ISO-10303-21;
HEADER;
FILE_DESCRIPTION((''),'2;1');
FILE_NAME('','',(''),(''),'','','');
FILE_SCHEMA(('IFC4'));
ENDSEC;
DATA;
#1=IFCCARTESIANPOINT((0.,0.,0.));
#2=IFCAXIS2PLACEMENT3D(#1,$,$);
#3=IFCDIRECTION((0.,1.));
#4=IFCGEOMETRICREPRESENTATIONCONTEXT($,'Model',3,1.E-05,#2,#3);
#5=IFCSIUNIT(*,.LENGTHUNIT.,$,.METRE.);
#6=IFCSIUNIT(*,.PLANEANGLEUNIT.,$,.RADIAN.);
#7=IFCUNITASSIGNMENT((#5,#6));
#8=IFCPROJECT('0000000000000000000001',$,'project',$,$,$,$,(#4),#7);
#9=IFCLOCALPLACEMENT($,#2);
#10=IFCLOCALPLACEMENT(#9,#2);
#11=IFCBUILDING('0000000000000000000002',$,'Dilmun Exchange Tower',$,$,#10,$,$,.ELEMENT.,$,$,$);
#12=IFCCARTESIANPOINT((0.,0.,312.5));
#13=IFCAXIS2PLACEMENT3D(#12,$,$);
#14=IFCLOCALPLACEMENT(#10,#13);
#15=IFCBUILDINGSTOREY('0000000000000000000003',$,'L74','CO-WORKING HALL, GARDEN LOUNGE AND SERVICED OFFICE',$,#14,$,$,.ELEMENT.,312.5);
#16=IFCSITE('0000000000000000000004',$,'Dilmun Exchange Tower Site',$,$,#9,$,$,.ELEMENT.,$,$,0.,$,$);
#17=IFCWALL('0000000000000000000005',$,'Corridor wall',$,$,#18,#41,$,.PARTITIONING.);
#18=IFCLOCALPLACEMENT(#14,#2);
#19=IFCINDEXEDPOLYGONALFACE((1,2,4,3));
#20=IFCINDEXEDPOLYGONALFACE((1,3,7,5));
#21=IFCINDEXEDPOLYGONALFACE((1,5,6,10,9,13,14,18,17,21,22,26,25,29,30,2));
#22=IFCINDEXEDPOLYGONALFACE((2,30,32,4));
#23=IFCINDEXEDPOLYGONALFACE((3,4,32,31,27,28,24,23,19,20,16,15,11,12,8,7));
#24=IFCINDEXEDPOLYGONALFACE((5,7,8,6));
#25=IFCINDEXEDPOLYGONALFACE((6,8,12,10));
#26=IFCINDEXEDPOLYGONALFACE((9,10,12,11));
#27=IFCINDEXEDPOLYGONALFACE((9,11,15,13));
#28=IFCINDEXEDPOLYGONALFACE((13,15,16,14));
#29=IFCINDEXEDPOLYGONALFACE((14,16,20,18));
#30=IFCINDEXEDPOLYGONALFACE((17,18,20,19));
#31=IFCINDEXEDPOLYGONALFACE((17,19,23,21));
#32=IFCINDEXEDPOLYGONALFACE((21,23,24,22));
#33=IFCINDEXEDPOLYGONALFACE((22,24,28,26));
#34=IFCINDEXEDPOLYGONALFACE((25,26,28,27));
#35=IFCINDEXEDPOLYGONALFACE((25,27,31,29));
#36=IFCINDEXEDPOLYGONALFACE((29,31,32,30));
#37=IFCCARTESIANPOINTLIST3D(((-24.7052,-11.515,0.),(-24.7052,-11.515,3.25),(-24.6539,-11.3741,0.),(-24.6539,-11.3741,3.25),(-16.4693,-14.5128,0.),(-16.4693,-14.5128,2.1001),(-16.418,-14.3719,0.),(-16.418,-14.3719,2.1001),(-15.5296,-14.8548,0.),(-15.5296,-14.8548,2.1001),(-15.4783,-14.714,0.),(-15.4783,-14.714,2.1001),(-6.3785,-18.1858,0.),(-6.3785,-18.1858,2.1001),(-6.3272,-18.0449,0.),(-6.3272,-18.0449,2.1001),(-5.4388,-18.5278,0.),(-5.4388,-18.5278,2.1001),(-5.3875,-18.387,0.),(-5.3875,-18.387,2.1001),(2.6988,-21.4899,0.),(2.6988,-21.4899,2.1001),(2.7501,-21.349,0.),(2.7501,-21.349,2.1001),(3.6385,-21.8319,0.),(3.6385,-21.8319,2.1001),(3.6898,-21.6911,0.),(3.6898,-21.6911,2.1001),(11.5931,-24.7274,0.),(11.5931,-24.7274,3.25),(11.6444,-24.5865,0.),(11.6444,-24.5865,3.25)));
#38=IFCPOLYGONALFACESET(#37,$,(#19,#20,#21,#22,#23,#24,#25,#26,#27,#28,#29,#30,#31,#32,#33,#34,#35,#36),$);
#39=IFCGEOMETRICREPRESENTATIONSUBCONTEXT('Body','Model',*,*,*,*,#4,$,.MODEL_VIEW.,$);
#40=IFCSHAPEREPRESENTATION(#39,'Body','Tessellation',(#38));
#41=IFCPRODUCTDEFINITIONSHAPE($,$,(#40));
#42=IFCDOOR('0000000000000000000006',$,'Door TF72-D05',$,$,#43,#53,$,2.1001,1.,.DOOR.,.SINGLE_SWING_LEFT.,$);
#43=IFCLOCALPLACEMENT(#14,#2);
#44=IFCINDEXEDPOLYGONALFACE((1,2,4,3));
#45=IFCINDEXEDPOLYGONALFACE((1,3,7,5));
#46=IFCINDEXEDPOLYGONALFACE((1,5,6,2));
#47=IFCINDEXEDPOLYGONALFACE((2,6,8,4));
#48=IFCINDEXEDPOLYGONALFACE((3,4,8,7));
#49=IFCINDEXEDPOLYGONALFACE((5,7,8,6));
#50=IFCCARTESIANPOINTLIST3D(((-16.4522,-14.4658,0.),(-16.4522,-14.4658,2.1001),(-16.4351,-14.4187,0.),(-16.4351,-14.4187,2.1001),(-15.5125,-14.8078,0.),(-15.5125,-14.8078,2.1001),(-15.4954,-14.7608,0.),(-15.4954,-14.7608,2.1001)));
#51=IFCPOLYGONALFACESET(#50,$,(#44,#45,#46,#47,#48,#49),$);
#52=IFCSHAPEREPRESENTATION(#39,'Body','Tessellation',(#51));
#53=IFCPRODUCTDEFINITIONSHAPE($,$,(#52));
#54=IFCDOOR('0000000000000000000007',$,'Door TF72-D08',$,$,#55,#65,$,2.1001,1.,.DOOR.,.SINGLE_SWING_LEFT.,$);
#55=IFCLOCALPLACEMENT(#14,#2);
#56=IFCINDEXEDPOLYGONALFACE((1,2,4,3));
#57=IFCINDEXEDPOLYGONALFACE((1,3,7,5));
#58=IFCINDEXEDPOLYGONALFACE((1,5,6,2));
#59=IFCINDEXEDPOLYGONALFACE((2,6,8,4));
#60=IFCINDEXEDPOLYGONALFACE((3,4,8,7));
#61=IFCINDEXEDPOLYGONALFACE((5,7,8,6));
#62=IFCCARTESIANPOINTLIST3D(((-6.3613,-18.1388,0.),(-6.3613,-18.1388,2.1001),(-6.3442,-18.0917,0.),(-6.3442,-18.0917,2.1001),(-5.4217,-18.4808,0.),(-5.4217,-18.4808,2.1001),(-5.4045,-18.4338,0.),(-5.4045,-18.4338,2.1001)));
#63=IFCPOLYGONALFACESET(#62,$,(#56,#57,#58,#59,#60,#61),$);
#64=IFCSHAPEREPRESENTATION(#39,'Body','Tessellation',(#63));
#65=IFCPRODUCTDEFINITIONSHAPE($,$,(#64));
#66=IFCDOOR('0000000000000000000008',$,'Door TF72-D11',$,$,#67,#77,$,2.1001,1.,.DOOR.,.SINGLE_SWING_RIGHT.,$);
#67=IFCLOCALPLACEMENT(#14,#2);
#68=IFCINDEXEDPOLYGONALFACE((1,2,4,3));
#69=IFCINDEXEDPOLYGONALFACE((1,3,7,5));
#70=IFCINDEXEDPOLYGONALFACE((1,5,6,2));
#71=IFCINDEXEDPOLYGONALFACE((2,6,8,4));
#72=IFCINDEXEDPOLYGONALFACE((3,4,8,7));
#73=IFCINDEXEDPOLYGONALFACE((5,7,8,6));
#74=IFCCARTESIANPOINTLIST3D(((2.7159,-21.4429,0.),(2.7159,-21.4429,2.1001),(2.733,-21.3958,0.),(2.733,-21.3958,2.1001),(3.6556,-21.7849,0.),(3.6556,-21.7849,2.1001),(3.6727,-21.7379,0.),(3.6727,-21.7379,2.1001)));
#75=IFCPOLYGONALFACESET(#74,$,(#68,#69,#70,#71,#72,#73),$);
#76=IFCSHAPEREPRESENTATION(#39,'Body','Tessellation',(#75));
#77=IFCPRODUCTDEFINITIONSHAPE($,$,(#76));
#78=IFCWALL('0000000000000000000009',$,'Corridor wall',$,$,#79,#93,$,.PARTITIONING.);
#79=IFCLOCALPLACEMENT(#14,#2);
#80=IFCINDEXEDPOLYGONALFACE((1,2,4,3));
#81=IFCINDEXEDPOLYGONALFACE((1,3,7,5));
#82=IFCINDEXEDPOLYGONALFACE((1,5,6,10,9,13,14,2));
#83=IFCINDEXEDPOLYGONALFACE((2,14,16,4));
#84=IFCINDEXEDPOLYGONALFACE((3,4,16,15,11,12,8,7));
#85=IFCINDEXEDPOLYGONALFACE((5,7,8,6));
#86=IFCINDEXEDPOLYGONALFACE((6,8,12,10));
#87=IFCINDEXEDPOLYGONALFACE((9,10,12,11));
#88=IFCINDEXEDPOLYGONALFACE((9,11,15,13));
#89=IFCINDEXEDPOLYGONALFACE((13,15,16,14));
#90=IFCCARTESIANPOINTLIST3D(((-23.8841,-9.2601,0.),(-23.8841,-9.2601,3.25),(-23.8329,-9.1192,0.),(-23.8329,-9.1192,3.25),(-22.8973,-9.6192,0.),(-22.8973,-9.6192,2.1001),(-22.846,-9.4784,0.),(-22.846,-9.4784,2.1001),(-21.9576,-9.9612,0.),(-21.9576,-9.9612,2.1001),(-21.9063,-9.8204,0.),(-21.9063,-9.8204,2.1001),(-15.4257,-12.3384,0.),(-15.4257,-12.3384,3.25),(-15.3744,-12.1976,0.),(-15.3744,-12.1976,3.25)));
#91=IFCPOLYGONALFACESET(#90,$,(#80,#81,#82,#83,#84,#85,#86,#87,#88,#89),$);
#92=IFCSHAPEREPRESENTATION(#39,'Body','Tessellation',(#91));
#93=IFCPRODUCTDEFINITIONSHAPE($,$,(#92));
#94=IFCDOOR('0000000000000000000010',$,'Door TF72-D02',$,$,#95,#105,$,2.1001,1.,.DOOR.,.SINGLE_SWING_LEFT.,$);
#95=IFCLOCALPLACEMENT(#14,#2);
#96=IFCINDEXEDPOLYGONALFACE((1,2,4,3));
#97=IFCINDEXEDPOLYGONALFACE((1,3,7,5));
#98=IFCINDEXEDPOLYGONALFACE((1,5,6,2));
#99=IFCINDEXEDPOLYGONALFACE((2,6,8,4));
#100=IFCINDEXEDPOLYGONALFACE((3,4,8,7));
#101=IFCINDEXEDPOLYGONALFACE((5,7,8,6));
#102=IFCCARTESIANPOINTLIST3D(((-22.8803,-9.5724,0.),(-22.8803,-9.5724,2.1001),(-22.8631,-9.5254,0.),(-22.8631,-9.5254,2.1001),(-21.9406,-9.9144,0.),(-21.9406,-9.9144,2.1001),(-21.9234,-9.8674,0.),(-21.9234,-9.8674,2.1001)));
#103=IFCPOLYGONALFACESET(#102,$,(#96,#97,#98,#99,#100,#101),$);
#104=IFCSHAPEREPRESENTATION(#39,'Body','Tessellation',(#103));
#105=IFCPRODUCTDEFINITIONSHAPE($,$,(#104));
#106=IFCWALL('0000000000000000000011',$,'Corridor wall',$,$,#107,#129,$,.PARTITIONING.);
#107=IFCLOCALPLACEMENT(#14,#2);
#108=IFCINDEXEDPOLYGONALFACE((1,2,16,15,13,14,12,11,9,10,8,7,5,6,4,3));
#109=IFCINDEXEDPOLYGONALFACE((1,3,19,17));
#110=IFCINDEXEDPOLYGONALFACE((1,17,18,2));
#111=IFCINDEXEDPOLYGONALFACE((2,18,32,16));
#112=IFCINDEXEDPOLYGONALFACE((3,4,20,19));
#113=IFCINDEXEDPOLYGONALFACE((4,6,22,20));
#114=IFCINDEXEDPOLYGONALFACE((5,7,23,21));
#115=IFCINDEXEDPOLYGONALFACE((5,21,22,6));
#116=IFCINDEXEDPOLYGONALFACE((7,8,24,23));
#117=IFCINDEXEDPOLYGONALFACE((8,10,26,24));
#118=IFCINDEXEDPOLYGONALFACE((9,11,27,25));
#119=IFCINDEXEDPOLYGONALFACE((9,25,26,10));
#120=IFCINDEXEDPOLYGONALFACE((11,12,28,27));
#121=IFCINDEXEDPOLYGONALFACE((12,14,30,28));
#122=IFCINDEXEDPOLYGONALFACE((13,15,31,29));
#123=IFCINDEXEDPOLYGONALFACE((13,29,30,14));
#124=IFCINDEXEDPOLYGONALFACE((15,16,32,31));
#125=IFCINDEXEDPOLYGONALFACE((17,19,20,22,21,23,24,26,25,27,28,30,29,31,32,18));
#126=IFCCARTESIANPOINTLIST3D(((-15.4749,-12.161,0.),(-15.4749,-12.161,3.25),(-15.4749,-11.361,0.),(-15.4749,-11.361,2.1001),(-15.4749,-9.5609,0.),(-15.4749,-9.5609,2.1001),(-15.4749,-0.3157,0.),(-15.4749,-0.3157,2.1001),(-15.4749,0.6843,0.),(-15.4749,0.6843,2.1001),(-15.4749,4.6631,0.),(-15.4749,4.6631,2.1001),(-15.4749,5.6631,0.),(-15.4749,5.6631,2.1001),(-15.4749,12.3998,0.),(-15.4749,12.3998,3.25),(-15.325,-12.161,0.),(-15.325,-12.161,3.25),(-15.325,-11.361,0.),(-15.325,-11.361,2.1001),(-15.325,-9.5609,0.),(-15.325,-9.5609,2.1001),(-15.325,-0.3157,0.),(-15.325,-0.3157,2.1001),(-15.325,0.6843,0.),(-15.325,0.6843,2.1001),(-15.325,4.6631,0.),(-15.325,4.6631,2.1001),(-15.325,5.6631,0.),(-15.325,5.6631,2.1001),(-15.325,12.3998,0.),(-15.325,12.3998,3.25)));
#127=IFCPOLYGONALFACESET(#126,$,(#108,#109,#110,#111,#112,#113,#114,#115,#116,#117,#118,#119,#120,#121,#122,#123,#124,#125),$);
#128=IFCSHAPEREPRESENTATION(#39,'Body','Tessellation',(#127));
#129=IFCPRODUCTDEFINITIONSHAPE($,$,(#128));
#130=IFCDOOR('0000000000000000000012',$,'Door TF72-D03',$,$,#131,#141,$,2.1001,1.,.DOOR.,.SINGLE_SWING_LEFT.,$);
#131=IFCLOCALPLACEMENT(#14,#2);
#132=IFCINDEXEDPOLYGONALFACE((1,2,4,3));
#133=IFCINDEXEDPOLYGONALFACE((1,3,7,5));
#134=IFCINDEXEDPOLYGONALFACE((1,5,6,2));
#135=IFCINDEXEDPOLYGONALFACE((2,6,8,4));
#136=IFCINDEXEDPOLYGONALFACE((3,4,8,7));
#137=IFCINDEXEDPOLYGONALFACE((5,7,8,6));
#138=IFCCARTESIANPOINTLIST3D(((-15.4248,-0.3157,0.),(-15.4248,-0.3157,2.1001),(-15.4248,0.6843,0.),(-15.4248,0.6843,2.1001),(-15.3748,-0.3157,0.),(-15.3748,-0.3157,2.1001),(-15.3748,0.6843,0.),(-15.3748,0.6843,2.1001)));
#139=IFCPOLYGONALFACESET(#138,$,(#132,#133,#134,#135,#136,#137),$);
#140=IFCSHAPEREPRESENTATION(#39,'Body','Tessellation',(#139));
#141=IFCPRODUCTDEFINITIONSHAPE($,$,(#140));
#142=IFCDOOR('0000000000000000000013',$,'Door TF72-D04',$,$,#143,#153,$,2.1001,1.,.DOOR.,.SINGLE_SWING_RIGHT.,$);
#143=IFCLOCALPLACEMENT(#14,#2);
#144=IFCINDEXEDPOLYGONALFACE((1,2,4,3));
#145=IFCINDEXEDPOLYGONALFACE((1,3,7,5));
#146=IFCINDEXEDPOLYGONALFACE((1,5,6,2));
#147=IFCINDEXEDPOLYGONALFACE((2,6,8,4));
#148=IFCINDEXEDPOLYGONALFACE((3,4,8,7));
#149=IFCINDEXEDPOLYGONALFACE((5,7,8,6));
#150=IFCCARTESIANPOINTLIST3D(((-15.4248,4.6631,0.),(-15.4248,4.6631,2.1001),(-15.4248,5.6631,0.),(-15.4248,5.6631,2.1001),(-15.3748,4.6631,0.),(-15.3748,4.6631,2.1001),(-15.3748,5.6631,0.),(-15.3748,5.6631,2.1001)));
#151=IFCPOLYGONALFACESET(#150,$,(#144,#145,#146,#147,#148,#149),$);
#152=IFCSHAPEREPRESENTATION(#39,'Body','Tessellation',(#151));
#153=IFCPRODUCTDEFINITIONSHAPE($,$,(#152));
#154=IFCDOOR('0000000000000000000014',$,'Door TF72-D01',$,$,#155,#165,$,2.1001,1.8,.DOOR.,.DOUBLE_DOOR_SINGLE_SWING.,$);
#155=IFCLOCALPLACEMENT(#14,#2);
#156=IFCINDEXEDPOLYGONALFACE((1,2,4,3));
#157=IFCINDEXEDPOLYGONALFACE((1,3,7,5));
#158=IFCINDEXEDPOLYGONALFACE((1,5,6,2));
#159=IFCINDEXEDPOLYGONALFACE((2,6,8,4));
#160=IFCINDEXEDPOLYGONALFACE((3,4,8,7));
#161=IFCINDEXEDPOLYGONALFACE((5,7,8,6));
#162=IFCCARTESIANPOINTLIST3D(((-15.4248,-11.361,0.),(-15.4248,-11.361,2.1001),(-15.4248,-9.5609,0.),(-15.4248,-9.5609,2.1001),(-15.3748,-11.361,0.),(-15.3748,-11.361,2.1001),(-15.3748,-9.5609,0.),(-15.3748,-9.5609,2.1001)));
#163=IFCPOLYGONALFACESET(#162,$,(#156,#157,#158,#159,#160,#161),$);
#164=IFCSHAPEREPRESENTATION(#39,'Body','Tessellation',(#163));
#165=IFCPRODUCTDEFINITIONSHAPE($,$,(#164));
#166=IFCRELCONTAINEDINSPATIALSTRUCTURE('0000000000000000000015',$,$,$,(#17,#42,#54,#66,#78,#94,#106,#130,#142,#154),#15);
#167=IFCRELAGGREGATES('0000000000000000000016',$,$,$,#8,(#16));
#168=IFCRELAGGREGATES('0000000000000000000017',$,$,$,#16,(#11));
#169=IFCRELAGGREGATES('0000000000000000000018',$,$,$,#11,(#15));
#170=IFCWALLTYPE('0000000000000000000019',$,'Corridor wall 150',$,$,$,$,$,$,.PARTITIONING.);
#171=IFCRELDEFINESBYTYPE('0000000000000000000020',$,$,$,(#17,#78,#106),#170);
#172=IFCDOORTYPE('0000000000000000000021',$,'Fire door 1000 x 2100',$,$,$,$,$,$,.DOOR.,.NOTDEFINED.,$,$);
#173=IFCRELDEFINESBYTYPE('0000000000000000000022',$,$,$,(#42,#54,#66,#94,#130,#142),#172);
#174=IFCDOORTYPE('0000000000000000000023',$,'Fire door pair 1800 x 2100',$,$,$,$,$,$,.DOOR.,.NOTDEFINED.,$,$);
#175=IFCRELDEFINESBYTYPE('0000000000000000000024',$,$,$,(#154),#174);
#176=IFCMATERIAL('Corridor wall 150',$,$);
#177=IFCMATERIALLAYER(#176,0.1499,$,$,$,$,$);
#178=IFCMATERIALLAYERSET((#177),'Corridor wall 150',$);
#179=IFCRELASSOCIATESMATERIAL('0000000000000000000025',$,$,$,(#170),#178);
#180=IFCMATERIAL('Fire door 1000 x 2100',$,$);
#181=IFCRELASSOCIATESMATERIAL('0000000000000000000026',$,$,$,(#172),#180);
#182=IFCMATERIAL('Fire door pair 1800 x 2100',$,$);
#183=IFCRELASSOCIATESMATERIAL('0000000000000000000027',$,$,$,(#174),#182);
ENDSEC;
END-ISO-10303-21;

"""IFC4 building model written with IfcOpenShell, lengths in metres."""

from ifc_helpers import new_model, si_unit, direction, frame, frame_2d, origin, place, context, subcontext, project, spatial, rectangle, extrude, material, layer, layer_set, type_object, element, fill, save


model = new_model("IFC4")

# Units and contexts
model_context = context("Model", 3, precision=1e-05, world=origin(), true_north=direction((0.0, 1.0)))
body_context = subcontext(model_context, "Body", "Model", "MODEL_VIEW")
ifc_project = project(units=[si_unit("LENGTHUNIT", "METRE"), si_unit("PLANEANGLEUNIT", "RADIAN")], contexts=[model_context])

# Site, building, storey
site_placement = place(None, origin())
site = spatial("IfcSite", under=ifc_project, at=site_placement, Name="Dilmun Exchange Tower Site", CompositionType="ELEMENT", RefElevation=0.0)
building_placement = place(site_placement, origin())
building = spatial("IfcBuilding", under=site, at=building_placement, Name="Dilmun Exchange Tower", CompositionType="ELEMENT")
storey_placement = place(building_placement, frame((0.0, 0.0, 312.5)))
storey = spatial("IfcBuildingStorey", under=building, at=storey_placement, Name="L74", Description="CO-WORKING HALL, GARDEN LOUNGE AND SERVICED OFFICE", CompositionType="ELEMENT", Elevation=312.5)

# Shared definitions
ifc_material_1 = material(Name="Corridor wall 150")
ifc_layer_1 = layer(ifc_material_1, 0.1499)
ifc_layer_set_1 = layer_set([ifc_layer_1], Name="Corridor wall 150")
wall_type_1 = type_object("IfcWallType", Name="Corridor wall 150", PredefinedType="PARTITIONING", material=ifc_layer_set_1)

# Wall, openings, doors
wall_1_placement = place(storey_placement, frame((-24.6794, -11.4446, 0.0), z_axis=(0.0, 0.0, 1.0), x_axis=(0.939685, -0.34204, 0.0)))
wall_1 = element("IfcWall", 1, at=wall_1_placement, inside=storey, type_object=wall_type_1, Name="Corridor wall", PredefinedType="PARTITIONING", context=body_context, shape_type="SweptSolid", body=[
    extrude(rectangle(XDim=38.6282, YDim=0.1499, at=frame_2d((19.314, 0.0))), origin(), (0.0, 0.0, 1.0), 3.25),
])
opening_1_placement = place(wall_1_placement, frame((8.7644, 0.0, 0.0)))
opening_1 = element("IfcOpeningElement", 2, at=opening_1_placement, cuts=wall_1, PredefinedType="OPENING", context=body_context, shape_type="SweptSolid", body=[
    extrude(rectangle(XDim=1.0, YDim=2.1001, at=frame_2d((0.5, 1.05))), frame((0.0, 0.085, 0.0), z_axis=(0.0, -1.0, 0.0), x_axis=(1.0, 0.0, 0.0)), (0.0, 0.0, 1.0), 0.1699),
])
opening_2_placement = place(wall_1_placement, frame((19.5029, 0.0, 0.0)))
opening_2 = element("IfcOpeningElement", 3, at=opening_2_placement, cuts=wall_1, PredefinedType="OPENING", context=body_context, shape_type="SweptSolid", body=[
    extrude(rectangle(XDim=1.0, YDim=2.1001, at=frame_2d((0.5, 1.05))), frame((0.0, 0.085, 0.0), z_axis=(0.0, -1.0, 0.0), x_axis=(1.0, 0.0, 0.0)), (0.0, 0.0, 1.0), 0.1699),
])
opening_3_placement = place(wall_1_placement, frame((29.1628, 0.0, 0.0)))
opening_3 = element("IfcOpeningElement", 4, at=opening_3_placement, cuts=wall_1, PredefinedType="OPENING", context=body_context, shape_type="SweptSolid", body=[
    extrude(rectangle(XDim=1.0, YDim=2.1001, at=frame_2d((0.5, 1.05))), frame((0.0, 0.085, 0.0), z_axis=(0.0, -1.0, 0.0), x_axis=(1.0, 0.0, 0.0)), (0.0, 0.0, 1.0), 0.1699),
])
ifc_material_2 = material(Name="Fire door 1000 x 2100")
door_type_1 = type_object("IfcDoorType", Name="Fire door 1000 x 2100", OperationType="NOTDEFINED", PredefinedType="DOOR", material=ifc_material_2)
door_1_placement = place(opening_1_placement, frame((1.0, 0.0, 0.0), z_axis=(0.0, 0.0, 1.0), x_axis=(-1.0, 0.0, 0.0)))
door_1 = element("IfcDoor", 5, at=door_1_placement, inside=storey, type_object=door_type_1, Name="Door TF72-D05", OperationType="SINGLE_SWING_LEFT", OverallHeight=2.1001, OverallWidth=1.0, PredefinedType="DOOR", context=body_context, shape_type="SweptSolid", body=[
    extrude(rectangle(XDim=1.0, YDim=2.1001, at=frame_2d((0.5, 1.05))), frame((0.0, 0.0249, 0.0), z_axis=(0.0, -1.0, 0.0), x_axis=(1.0, 0.0, 0.0)), (0.0, 0.0, 1.0), 0.05),
])
fill(opening_1, door_1)
door_2_placement = place(opening_2_placement, frame((1.0, 0.0, 0.0), z_axis=(0.0, 0.0, 1.0), x_axis=(-1.0, 0.0, 0.0)))
door_2 = element("IfcDoor", 6, at=door_2_placement, inside=storey, type_object=door_type_1, Name="Door TF72-D08", OperationType="SINGLE_SWING_LEFT", OverallHeight=2.1001, OverallWidth=1.0, PredefinedType="DOOR", context=body_context, shape_type="SweptSolid", body=[
    extrude(rectangle(XDim=1.0, YDim=2.1001, at=frame_2d((0.5, 1.05))), frame((0.0, 0.0249, 0.0), z_axis=(0.0, -1.0, 0.0), x_axis=(1.0, 0.0, 0.0)), (0.0, 0.0, 1.0), 0.05),
])
fill(opening_2, door_2)
door_3_placement = place(opening_3_placement, frame((1.0, 0.0, 0.0), z_axis=(0.0, 0.0, 1.0), x_axis=(-1.0, 0.0, 0.0)))
door_3 = element("IfcDoor", 7, at=door_3_placement, inside=storey, type_object=door_type_1, Name="Door TF72-D11", OperationType="SINGLE_SWING_RIGHT", OverallHeight=2.1001, OverallWidth=1.0, PredefinedType="DOOR", context=body_context, shape_type="SweptSolid", body=[
    extrude(rectangle(XDim=1.0, YDim=2.1001, at=frame_2d((0.5, 1.05))), frame((0.0, 0.0249, 0.0), z_axis=(0.0, -1.0, 0.0), x_axis=(1.0, 0.0, 0.0)), (0.0, 0.0, 1.0), 0.05),
])
fill(opening_3, door_3)

# Wall, opening, door
wall_2_placement = place(storey_placement, frame((-23.8584, -9.1897, 0.0), z_axis=(0.0, 0.0, 1.0), x_axis=(0.939702, -0.341993, 0.0)))
wall_2 = element("IfcWall", 8, at=wall_2_placement, inside=storey, type_object=wall_type_1, Name="Corridor wall", PredefinedType="PARTITIONING", context=body_context, shape_type="SweptSolid", body=[
    extrude(rectangle(XDim=9.0012, YDim=0.1499, at=frame_2d((4.5005, 0.0))), origin(), (0.0, 0.0, 1.0), 3.25),
])
opening_4_placement = place(wall_2_placement, frame((1.05, 0.0, 0.0)))
opening_4 = element("IfcOpeningElement", 9, at=opening_4_placement, cuts=wall_2, PredefinedType="OPENING", context=body_context, shape_type="SweptSolid", body=[
    extrude(rectangle(XDim=1.0, YDim=2.1001, at=frame_2d((0.5, 1.05))), frame((0.0, 0.085, 0.0), z_axis=(0.0, -1.0, 0.0), x_axis=(1.0, 0.0, 0.0)), (0.0, 0.0, 1.0), 0.1699),
])
door_4_placement = place(opening_4_placement, origin())
door_4 = element("IfcDoor", 10, at=door_4_placement, inside=storey, type_object=door_type_1, Name="Door TF72-D02", OperationType="SINGLE_SWING_LEFT", OverallHeight=2.1001, OverallWidth=1.0, PredefinedType="DOOR", context=body_context, shape_type="SweptSolid", body=[
    extrude(rectangle(XDim=1.0, YDim=2.1001, at=frame_2d((0.5, 1.05))), frame((0.0, 0.0249, 0.0), z_axis=(0.0, -1.0, 0.0), x_axis=(1.0, 0.0, 0.0)), (0.0, 0.0, 1.0), 0.05),
])
fill(opening_4, door_4)

# Wall, openings, doors
wall_3_placement = place(storey_placement, frame((-15.3999, -12.1609, 0.0), z_axis=(0.0, 0.0, 1.0), x_axis=(0.0, 1.0, 0.0)))
wall_3 = element("IfcWall", 11, at=wall_3_placement, inside=storey, type_object=wall_type_1, Name="Corridor wall", PredefinedType="PARTITIONING", context=body_context, shape_type="SweptSolid", body=[
    extrude(rectangle(XDim=24.5608, YDim=0.1499, at=frame_2d((12.2803, 0.0))), origin(), (0.0, 0.0, 1.0), 3.25),
])
opening_5_placement = place(wall_3_placement, frame((0.8, 0.0, 0.0)))
opening_5 = element("IfcOpeningElement", 12, at=opening_5_placement, cuts=wall_3, PredefinedType="OPENING", context=body_context, shape_type="SweptSolid", body=[
    extrude(rectangle(XDim=1.8, YDim=2.1001, at=frame_2d((0.8999, 1.05))), frame((0.0, 0.085, 0.0), z_axis=(0.0, -1.0, 0.0), x_axis=(1.0, 0.0, 0.0)), (0.0, 0.0, 1.0), 0.1699),
])
opening_6_placement = place(wall_3_placement, frame((11.8452, 0.0, 0.0)))
opening_6 = element("IfcOpeningElement", 13, at=opening_6_placement, cuts=wall_3, PredefinedType="OPENING", context=body_context, shape_type="SweptSolid", body=[
    extrude(rectangle(XDim=1.0, YDim=2.1001, at=frame_2d((0.5, 1.05))), frame((0.0, 0.085, 0.0), z_axis=(0.0, -1.0, 0.0), x_axis=(1.0, 0.0, 0.0)), (0.0, 0.0, 1.0), 0.1699),
])
opening_7_placement = place(wall_3_placement, frame((16.824, 0.0, 0.0)))
opening_7 = element("IfcOpeningElement", 14, at=opening_7_placement, cuts=wall_3, PredefinedType="OPENING", context=body_context, shape_type="SweptSolid", body=[
    extrude(rectangle(XDim=1.0, YDim=2.1001, at=frame_2d((0.5, 1.05))), frame((0.0, 0.085, 0.0), z_axis=(0.0, -1.0, 0.0), x_axis=(1.0, 0.0, 0.0)), (0.0, 0.0, 1.0), 0.1699),
])
door_5_placement = place(opening_6_placement, origin())
door_5 = element("IfcDoor", 15, at=door_5_placement, inside=storey, type_object=door_type_1, Name="Door TF72-D03", OperationType="SINGLE_SWING_LEFT", OverallHeight=2.1001, OverallWidth=1.0, PredefinedType="DOOR", context=body_context, shape_type="SweptSolid", body=[
    extrude(rectangle(XDim=1.0, YDim=2.1001, at=frame_2d((0.5, 1.05))), frame((0.0, 0.0249, 0.0), z_axis=(0.0, -1.0, 0.0), x_axis=(1.0, 0.0, 0.0)), (0.0, 0.0, 1.0), 0.05),
])
fill(opening_6, door_5)
door_6_placement = place(opening_7_placement, origin())
door_6 = element("IfcDoor", 16, at=door_6_placement, inside=storey, type_object=door_type_1, Name="Door TF72-D04", OperationType="SINGLE_SWING_RIGHT", OverallHeight=2.1001, OverallWidth=1.0, PredefinedType="DOOR", context=body_context, shape_type="SweptSolid", body=[
    extrude(rectangle(XDim=1.0, YDim=2.1001, at=frame_2d((0.5, 1.05))), frame((0.0, 0.0249, 0.0), z_axis=(0.0, -1.0, 0.0), x_axis=(1.0, 0.0, 0.0)), (0.0, 0.0, 1.0), 0.05),
])
fill(opening_7, door_6)
ifc_material_3 = material(Name="Fire door pair 1800 x 2100")
door_type_2 = type_object("IfcDoorType", Name="Fire door pair 1800 x 2100", OperationType="NOTDEFINED", PredefinedType="DOOR", material=ifc_material_3)
door_7_placement = place(opening_5_placement, origin())
door_7 = element("IfcDoor", 17, at=door_7_placement, inside=storey, type_object=door_type_2, Name="Door TF72-D01", OperationType="DOUBLE_DOOR_SINGLE_SWING", OverallHeight=2.1001, OverallWidth=1.8, PredefinedType="DOOR", context=body_context, shape_type="SweptSolid", body=[
    extrude(rectangle(XDim=1.8, YDim=2.1001, at=frame_2d((0.8999, 1.05))), frame((0.0, 0.0249, 0.0), z_axis=(0.0, -1.0, 0.0), x_axis=(1.0, 0.0, 0.0)), (0.0, 0.0, 1.0), 0.05),
])
fill(opening_5, door_7)

save(model, "model.ifc")
